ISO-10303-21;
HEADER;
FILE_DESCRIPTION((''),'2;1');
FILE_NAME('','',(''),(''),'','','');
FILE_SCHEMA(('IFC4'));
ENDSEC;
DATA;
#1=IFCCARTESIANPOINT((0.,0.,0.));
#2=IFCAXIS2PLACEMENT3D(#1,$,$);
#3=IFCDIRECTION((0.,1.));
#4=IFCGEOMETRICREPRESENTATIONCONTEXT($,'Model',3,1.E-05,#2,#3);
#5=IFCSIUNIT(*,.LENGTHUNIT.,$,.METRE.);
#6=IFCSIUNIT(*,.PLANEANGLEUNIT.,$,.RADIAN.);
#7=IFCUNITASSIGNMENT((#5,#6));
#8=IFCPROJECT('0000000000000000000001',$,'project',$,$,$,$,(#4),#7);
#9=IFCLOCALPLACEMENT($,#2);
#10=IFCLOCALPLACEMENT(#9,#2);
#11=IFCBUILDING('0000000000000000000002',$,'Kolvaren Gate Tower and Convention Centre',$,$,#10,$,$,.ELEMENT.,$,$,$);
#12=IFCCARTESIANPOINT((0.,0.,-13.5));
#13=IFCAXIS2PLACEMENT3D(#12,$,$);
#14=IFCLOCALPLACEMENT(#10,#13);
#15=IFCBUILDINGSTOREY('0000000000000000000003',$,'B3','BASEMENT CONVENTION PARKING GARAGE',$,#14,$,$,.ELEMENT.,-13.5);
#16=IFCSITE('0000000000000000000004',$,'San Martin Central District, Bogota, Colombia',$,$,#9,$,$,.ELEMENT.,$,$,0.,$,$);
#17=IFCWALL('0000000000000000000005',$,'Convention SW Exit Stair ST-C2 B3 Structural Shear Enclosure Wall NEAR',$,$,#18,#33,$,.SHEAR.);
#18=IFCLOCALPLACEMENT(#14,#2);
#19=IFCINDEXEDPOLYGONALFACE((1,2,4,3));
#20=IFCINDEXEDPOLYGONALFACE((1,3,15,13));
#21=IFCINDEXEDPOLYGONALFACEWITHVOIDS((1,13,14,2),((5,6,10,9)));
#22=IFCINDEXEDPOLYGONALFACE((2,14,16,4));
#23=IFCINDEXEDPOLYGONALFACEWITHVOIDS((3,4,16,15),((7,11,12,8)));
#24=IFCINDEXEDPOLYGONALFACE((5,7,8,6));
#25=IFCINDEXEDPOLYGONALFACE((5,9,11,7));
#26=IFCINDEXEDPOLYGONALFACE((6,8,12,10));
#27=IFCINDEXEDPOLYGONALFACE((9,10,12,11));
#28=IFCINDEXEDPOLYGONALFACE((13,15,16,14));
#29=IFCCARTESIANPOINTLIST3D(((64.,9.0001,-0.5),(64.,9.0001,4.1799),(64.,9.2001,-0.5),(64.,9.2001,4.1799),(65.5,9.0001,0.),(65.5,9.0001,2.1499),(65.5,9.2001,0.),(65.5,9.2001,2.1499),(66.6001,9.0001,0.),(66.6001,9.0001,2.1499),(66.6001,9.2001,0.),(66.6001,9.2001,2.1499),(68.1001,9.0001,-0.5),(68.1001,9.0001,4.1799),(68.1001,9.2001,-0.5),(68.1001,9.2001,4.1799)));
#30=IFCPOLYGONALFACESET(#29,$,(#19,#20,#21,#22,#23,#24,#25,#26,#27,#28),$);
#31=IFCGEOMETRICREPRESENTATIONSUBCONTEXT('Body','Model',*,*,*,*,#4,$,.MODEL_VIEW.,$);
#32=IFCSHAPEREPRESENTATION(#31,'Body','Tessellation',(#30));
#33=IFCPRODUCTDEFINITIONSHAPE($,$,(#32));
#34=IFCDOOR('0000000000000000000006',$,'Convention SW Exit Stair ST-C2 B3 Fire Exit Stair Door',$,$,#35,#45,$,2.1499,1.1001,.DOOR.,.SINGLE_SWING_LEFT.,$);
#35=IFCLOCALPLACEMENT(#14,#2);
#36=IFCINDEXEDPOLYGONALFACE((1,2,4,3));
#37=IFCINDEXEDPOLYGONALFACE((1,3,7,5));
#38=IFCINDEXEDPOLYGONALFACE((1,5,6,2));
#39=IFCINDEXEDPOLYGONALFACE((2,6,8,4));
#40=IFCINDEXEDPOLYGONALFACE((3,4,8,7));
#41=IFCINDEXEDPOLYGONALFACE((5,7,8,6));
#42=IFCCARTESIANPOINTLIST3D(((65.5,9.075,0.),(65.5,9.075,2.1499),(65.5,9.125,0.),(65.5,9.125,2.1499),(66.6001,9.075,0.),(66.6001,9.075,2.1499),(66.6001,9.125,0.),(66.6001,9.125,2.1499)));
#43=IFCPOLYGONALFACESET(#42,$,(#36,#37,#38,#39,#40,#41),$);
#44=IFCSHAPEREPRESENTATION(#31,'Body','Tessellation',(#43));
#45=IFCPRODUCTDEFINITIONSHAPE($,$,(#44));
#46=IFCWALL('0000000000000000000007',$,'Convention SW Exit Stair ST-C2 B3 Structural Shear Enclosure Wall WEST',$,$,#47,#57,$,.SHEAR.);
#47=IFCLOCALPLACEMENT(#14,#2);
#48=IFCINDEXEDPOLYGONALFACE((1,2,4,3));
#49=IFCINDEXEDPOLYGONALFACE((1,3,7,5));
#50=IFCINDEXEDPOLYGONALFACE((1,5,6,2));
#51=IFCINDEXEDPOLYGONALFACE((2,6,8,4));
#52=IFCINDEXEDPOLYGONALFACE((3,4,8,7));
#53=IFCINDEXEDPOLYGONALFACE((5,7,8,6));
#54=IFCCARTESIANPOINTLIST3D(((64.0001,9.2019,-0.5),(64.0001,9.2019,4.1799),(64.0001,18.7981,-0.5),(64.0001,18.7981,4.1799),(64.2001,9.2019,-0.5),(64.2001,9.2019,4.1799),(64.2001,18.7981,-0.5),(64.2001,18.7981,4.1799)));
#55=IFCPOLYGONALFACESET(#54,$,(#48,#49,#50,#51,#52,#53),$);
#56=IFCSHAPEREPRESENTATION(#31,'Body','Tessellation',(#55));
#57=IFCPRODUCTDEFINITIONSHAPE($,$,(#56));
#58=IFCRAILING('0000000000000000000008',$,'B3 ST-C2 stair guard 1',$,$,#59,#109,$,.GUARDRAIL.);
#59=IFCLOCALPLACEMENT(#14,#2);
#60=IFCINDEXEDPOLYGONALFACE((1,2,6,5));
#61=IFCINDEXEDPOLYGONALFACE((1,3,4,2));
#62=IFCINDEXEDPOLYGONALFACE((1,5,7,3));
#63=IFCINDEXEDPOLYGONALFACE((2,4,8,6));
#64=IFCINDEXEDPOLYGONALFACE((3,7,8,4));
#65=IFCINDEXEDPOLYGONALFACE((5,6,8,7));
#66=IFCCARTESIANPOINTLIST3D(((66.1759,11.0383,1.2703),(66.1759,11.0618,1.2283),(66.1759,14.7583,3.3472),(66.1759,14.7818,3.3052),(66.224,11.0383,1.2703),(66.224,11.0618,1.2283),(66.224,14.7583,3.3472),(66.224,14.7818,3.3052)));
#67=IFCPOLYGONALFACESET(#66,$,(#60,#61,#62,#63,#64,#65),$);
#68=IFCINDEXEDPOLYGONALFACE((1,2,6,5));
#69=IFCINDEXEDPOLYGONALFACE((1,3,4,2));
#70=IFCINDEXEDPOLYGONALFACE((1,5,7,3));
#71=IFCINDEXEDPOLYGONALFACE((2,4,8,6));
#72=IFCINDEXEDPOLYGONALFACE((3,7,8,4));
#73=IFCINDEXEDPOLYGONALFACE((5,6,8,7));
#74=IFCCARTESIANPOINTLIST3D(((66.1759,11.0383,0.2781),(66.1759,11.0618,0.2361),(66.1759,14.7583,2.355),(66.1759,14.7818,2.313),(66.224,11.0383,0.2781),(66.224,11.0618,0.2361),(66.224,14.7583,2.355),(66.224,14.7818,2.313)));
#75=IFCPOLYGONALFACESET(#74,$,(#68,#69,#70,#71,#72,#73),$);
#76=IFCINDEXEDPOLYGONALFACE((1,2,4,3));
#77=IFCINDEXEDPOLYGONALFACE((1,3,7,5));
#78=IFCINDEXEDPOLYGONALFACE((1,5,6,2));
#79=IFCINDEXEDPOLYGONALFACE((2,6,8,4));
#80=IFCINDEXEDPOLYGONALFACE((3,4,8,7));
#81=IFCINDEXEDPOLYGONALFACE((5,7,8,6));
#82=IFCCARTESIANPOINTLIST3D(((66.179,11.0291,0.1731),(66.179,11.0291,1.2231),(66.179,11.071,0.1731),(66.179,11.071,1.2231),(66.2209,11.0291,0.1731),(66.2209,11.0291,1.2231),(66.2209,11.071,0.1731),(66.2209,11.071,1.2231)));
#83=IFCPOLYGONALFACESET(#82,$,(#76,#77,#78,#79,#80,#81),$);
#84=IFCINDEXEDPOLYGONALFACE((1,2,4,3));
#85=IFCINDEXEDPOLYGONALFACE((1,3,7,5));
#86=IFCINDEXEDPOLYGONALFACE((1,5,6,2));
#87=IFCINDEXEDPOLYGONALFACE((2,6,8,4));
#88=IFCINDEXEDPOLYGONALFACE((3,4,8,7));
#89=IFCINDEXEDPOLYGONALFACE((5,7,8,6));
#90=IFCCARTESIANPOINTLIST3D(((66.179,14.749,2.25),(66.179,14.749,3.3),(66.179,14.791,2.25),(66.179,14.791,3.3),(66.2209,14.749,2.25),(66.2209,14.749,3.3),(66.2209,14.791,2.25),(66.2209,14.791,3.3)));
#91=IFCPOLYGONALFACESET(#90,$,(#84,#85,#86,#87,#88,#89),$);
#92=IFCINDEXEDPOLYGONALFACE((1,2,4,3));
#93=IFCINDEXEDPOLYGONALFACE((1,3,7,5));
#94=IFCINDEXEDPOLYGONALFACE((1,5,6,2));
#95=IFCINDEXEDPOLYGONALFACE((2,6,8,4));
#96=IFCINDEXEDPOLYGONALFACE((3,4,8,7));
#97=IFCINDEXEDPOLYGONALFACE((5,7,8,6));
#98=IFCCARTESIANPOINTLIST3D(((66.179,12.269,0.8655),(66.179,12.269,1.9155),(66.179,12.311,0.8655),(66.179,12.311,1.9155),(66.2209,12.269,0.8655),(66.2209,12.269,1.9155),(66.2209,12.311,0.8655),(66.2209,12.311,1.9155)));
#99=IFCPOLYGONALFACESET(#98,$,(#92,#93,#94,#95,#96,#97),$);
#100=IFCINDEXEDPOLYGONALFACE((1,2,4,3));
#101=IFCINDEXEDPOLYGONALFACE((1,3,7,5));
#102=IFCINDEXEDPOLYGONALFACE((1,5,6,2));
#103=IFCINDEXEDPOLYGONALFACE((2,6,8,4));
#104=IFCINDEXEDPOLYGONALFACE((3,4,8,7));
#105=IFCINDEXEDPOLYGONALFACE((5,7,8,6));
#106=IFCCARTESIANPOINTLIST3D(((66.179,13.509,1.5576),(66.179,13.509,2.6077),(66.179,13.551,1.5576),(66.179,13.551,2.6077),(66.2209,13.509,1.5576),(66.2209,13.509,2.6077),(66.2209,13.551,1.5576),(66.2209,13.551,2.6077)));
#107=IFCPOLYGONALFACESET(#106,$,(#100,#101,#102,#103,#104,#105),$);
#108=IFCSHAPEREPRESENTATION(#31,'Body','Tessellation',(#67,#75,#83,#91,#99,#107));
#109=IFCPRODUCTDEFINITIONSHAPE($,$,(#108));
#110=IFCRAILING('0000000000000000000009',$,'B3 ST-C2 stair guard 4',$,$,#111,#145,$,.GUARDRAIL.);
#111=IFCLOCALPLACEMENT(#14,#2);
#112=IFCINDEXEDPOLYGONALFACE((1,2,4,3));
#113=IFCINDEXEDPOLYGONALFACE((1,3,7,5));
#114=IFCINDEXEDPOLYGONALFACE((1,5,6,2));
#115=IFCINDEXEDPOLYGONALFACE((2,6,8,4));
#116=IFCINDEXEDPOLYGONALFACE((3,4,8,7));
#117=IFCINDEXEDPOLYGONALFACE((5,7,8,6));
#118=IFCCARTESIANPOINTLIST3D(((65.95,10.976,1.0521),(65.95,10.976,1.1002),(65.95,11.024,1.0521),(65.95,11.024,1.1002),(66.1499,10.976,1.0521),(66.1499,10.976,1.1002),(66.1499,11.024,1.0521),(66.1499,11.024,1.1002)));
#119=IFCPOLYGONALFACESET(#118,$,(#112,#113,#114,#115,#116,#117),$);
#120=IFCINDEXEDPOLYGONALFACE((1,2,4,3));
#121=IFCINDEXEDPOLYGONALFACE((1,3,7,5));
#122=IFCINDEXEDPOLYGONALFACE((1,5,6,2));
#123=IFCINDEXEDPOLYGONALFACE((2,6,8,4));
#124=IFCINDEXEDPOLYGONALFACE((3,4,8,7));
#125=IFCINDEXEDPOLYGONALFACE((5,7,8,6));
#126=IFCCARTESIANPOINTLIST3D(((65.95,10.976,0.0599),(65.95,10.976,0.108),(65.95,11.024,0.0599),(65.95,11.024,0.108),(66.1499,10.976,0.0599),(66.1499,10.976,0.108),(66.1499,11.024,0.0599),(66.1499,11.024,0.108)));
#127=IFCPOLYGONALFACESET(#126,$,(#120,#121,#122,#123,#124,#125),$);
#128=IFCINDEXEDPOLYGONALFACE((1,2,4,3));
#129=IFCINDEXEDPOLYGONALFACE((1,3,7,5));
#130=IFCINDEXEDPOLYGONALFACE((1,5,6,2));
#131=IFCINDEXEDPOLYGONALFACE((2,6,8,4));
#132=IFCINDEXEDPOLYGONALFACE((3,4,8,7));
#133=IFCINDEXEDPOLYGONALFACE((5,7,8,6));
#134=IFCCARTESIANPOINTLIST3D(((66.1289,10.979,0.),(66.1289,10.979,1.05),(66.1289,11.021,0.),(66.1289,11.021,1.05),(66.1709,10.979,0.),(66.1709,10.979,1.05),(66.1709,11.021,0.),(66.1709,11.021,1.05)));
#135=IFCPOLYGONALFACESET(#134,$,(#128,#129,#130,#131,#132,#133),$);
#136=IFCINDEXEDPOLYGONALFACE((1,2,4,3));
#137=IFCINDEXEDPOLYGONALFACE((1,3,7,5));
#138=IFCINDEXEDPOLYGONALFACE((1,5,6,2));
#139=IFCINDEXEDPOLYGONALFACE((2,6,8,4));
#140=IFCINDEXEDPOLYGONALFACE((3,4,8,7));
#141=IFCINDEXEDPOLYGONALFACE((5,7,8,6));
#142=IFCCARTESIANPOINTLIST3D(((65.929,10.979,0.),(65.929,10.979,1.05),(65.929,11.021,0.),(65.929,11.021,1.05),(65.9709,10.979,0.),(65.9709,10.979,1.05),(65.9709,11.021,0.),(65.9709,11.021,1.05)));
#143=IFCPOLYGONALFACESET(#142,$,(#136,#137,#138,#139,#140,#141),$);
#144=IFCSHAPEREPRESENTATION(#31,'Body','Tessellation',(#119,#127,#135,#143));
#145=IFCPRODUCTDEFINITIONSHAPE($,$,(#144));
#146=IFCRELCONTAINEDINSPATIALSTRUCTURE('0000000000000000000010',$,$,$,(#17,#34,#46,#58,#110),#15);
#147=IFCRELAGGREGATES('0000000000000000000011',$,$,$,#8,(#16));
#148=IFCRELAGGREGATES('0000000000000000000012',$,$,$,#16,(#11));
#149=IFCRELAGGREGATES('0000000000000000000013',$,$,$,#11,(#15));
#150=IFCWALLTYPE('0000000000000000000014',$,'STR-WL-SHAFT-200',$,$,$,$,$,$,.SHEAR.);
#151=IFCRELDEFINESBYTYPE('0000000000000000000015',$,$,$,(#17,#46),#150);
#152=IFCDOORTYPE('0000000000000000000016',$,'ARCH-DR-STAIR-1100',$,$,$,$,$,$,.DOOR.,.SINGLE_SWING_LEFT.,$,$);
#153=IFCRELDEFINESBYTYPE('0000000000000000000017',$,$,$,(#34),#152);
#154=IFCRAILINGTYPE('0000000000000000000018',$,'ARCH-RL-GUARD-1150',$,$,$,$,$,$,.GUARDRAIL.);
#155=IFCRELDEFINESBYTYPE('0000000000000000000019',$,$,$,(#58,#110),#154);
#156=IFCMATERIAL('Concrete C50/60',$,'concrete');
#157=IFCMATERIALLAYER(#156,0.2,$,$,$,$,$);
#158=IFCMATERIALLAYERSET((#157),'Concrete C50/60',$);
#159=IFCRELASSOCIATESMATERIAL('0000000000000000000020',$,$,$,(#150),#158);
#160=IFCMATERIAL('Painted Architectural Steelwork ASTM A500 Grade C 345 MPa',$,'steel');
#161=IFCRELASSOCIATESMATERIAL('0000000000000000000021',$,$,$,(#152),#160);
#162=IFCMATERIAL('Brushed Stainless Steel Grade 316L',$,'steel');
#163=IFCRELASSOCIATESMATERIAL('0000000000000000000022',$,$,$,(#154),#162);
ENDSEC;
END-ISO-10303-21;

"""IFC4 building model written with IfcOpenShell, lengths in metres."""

from ifc_helpers import new_model, si_unit, direction, frame, frame_2d, origin, origin_2d, place, context, subcontext, project, spatial, rectangle, extrude, material, layer, layer_set, type_object, element, fill, save


model = new_model("IFC4")

# Units and contexts
model_context = context("Model", 3, precision=1e-05, world=origin(), true_north=direction((0.0, 1.0)))
body_context = subcontext(model_context, "Body", "Model", "MODEL_VIEW")
ifc_project = project(units=[si_unit("LENGTHUNIT", "METRE"), si_unit("PLANEANGLEUNIT", "RADIAN")], contexts=[model_context])

# Site, building, storey
site_placement = place(None, origin())
site = spatial("IfcSite", under=ifc_project, at=site_placement, Name="San Martin Central District, Bogota, Colombia", CompositionType="ELEMENT", RefElevation=0.0)
building_placement = place(site_placement, origin())
building = spatial("IfcBuilding", under=site, at=building_placement, Name="Kolvaren Gate Tower and Convention Centre", CompositionType="ELEMENT")
storey_placement = place(building_placement, frame((0.0, 0.0, -13.5)))
storey = spatial("IfcBuildingStorey", under=building, at=storey_placement, Name="B3", Description="BASEMENT CONVENTION PARKING GARAGE", CompositionType="ELEMENT", Elevation=-13.5)

# Shared definitions
ifc_material_1 = material(Name="Concrete C50/60", Category="concrete")

# Wall, opening, door
ifc_layer_1 = layer(ifc_material_1, 0.2)
ifc_layer_set_1 = layer_set([ifc_layer_1], Name="Concrete C50/60")
wall_type_1 = type_object("IfcWallType", Name="STR-WL-SHAFT-200", PredefinedType="SHEAR", material=ifc_layer_set_1)
wall_1_placement = place(storey_placement, frame((64.0, 9.1001, -0.5), z_axis=(0.0, 0.0, 1.0), x_axis=(1.0, 0.0, 0.0)))
wall_1 = element("IfcWall", 1, at=wall_1_placement, inside=storey, type_object=wall_type_1, Name="Convention SW Exit Stair ST-C2 B3 Structural Shear Enclosure Wall NEAR", PredefinedType="SHEAR", context=body_context, shape_type="SweptSolid", body=[
    extrude(rectangle(XDim=4.1001, YDim=0.2, at=frame_2d((2.05, 0.0))), origin(), (0.0, 0.0, 1.0), 4.6799),
])
opening_placement = place(wall_1_placement, frame((1.5, 0.0, 0.5)))
opening = element("IfcOpeningElement", 2, at=opening_placement, cuts=wall_1, PredefinedType="OPENING", context=body_context, shape_type="SweptSolid", body=[
    extrude(rectangle(XDim=1.1001, YDim=2.1499, at=frame_2d((0.55, 1.075))), frame((0.0, 0.1099, 0.0), z_axis=(0.0, -1.0, 0.0), x_axis=(1.0, 0.0, 0.0)), (0.0, 0.0, 1.0), 0.22),
])
ifc_material_2 = material(Name="Painted Architectural Steelwork ASTM A500 Grade C 345 MPa", Category="steel")
door_type = type_object("IfcDoorType", Name="ARCH-DR-STAIR-1100", OperationType="SINGLE_SWING_LEFT", PredefinedType="DOOR", material=ifc_material_2)
door_placement = place(opening_placement, origin())
door = element("IfcDoor", 3, at=door_placement, inside=storey, type_object=door_type, Name="Convention SW Exit Stair ST-C2 B3 Fire Exit Stair Door", OperationType="SINGLE_SWING_LEFT", OverallHeight=2.1499, OverallWidth=1.1001, PredefinedType="DOOR", context=body_context, shape_type="SweptSolid", body=[
    extrude(rectangle(XDim=1.1001, YDim=2.1499, at=frame_2d((0.55, 1.075))), frame((0.0, 0.0249, 0.0), z_axis=(0.0, -1.0, 0.0), x_axis=(1.0, 0.0, 0.0)), (0.0, 0.0, 1.0), 0.05),
])
fill(opening, door)

# Wall
wall_2_placement = place(storey_placement, frame((64.1001, 9.2019, -0.5), z_axis=(0.0, 0.0, 1.0), x_axis=(0.0, 1.0, 0.0)))
element("IfcWall", 4, at=wall_2_placement, inside=storey, type_object=wall_type_1, Name="Convention SW Exit Stair ST-C2 B3 Structural Shear Enclosure Wall WEST", PredefinedType="SHEAR", context=body_context, shape_type="SweptSolid", body=[
    extrude(rectangle(XDim=9.5962, YDim=0.2, at=frame_2d((4.7981, 0.0))), origin(), (0.0, 0.0, 1.0), 4.6799),
])

# Railings
ifc_material_3 = material(Name="Brushed Stainless Steel Grade 316L", Category="steel")
railing_type = type_object("IfcRailingType", Name="ARCH-RL-GUARD-1150", PredefinedType="GUARDRAIL", material=ifc_material_3)
railing_1_placement = place(storey_placement, frame((66.2, 11.05, 0.1731)))
element("IfcRailing", 5, at=railing_1_placement, inside=storey, type_object=railing_type, Name="B3 ST-C2 stair guard 1", PredefinedType="GUARDRAIL", context=body_context, shape_type="SweptSolid", body=[
    extrude(rectangle(XDim=0.0481, YDim=0.0481, at=origin_2d()), frame((0.0, 0.0, 1.0762), z_axis=(0.0, 0.873134, 0.487481), x_axis=(-1.0, 0.0, 0.0)), (0.0, 0.0, 1.0), 4.2605),
    extrude(rectangle(XDim=0.0481, YDim=0.0481, at=origin_2d()), frame((0.0, 0.0, 0.084), z_axis=(0.0, 0.873134, 0.487481), x_axis=(-1.0, 0.0, 0.0)), (0.0, 0.0, 1.0), 4.2605),
    extrude(rectangle(XDim=0.042, YDim=0.042, at=origin_2d()), origin(), (0.0, 0.0, 1.0), 1.05),
    extrude(rectangle(XDim=0.042, YDim=0.042, at=origin_2d()), frame((0.0, 3.72, 2.0769)), (0.0, 0.0, 1.0), 1.05),
    extrude(rectangle(XDim=0.042, YDim=0.042, at=origin_2d()), frame((0.0, 1.24, 0.6924)), (0.0, 0.0, 1.0), 1.05),
    extrude(rectangle(XDim=0.042, YDim=0.042, at=origin_2d()), frame((0.0, 2.48, 1.3845)), (0.0, 0.0, 1.0), 1.05),
])
railing_2_placement = place(storey_placement, frame((66.1499, 11.0, 0.0)))
element("IfcRailing", 6, at=railing_2_placement, inside=storey, type_object=railing_type, Name="B3 ST-C2 stair guard 4", PredefinedType="GUARDRAIL", context=body_context, shape_type="SweptSolid", body=[
    extrude(rectangle(XDim=0.0481, YDim=0.0481, at=origin_2d()), frame((0.0, 0.0, 1.0762), z_axis=(-1.0, 0.0, 0.0), x_axis=(0.0, -1.0, 0.0)), (0.0, 0.0, 1.0), 0.2),
    extrude(rectangle(XDim=0.0481, YDim=0.0481, at=origin_2d()), frame((0.0, 0.0, 0.084), z_axis=(-1.0, 0.0, 0.0), x_axis=(0.0, -1.0, 0.0)), (0.0, 0.0, 1.0), 0.2),
    extrude(rectangle(XDim=0.042, YDim=0.042, at=origin_2d()), origin(), (0.0, 0.0, 1.0), 1.05),
    extrude(rectangle(XDim=0.042, YDim=0.042, at=origin_2d()), frame((-0.2, 0.0, 0.0)), (0.0, 0.0, 1.0), 1.05),
])

save(model, "model.ifc")
